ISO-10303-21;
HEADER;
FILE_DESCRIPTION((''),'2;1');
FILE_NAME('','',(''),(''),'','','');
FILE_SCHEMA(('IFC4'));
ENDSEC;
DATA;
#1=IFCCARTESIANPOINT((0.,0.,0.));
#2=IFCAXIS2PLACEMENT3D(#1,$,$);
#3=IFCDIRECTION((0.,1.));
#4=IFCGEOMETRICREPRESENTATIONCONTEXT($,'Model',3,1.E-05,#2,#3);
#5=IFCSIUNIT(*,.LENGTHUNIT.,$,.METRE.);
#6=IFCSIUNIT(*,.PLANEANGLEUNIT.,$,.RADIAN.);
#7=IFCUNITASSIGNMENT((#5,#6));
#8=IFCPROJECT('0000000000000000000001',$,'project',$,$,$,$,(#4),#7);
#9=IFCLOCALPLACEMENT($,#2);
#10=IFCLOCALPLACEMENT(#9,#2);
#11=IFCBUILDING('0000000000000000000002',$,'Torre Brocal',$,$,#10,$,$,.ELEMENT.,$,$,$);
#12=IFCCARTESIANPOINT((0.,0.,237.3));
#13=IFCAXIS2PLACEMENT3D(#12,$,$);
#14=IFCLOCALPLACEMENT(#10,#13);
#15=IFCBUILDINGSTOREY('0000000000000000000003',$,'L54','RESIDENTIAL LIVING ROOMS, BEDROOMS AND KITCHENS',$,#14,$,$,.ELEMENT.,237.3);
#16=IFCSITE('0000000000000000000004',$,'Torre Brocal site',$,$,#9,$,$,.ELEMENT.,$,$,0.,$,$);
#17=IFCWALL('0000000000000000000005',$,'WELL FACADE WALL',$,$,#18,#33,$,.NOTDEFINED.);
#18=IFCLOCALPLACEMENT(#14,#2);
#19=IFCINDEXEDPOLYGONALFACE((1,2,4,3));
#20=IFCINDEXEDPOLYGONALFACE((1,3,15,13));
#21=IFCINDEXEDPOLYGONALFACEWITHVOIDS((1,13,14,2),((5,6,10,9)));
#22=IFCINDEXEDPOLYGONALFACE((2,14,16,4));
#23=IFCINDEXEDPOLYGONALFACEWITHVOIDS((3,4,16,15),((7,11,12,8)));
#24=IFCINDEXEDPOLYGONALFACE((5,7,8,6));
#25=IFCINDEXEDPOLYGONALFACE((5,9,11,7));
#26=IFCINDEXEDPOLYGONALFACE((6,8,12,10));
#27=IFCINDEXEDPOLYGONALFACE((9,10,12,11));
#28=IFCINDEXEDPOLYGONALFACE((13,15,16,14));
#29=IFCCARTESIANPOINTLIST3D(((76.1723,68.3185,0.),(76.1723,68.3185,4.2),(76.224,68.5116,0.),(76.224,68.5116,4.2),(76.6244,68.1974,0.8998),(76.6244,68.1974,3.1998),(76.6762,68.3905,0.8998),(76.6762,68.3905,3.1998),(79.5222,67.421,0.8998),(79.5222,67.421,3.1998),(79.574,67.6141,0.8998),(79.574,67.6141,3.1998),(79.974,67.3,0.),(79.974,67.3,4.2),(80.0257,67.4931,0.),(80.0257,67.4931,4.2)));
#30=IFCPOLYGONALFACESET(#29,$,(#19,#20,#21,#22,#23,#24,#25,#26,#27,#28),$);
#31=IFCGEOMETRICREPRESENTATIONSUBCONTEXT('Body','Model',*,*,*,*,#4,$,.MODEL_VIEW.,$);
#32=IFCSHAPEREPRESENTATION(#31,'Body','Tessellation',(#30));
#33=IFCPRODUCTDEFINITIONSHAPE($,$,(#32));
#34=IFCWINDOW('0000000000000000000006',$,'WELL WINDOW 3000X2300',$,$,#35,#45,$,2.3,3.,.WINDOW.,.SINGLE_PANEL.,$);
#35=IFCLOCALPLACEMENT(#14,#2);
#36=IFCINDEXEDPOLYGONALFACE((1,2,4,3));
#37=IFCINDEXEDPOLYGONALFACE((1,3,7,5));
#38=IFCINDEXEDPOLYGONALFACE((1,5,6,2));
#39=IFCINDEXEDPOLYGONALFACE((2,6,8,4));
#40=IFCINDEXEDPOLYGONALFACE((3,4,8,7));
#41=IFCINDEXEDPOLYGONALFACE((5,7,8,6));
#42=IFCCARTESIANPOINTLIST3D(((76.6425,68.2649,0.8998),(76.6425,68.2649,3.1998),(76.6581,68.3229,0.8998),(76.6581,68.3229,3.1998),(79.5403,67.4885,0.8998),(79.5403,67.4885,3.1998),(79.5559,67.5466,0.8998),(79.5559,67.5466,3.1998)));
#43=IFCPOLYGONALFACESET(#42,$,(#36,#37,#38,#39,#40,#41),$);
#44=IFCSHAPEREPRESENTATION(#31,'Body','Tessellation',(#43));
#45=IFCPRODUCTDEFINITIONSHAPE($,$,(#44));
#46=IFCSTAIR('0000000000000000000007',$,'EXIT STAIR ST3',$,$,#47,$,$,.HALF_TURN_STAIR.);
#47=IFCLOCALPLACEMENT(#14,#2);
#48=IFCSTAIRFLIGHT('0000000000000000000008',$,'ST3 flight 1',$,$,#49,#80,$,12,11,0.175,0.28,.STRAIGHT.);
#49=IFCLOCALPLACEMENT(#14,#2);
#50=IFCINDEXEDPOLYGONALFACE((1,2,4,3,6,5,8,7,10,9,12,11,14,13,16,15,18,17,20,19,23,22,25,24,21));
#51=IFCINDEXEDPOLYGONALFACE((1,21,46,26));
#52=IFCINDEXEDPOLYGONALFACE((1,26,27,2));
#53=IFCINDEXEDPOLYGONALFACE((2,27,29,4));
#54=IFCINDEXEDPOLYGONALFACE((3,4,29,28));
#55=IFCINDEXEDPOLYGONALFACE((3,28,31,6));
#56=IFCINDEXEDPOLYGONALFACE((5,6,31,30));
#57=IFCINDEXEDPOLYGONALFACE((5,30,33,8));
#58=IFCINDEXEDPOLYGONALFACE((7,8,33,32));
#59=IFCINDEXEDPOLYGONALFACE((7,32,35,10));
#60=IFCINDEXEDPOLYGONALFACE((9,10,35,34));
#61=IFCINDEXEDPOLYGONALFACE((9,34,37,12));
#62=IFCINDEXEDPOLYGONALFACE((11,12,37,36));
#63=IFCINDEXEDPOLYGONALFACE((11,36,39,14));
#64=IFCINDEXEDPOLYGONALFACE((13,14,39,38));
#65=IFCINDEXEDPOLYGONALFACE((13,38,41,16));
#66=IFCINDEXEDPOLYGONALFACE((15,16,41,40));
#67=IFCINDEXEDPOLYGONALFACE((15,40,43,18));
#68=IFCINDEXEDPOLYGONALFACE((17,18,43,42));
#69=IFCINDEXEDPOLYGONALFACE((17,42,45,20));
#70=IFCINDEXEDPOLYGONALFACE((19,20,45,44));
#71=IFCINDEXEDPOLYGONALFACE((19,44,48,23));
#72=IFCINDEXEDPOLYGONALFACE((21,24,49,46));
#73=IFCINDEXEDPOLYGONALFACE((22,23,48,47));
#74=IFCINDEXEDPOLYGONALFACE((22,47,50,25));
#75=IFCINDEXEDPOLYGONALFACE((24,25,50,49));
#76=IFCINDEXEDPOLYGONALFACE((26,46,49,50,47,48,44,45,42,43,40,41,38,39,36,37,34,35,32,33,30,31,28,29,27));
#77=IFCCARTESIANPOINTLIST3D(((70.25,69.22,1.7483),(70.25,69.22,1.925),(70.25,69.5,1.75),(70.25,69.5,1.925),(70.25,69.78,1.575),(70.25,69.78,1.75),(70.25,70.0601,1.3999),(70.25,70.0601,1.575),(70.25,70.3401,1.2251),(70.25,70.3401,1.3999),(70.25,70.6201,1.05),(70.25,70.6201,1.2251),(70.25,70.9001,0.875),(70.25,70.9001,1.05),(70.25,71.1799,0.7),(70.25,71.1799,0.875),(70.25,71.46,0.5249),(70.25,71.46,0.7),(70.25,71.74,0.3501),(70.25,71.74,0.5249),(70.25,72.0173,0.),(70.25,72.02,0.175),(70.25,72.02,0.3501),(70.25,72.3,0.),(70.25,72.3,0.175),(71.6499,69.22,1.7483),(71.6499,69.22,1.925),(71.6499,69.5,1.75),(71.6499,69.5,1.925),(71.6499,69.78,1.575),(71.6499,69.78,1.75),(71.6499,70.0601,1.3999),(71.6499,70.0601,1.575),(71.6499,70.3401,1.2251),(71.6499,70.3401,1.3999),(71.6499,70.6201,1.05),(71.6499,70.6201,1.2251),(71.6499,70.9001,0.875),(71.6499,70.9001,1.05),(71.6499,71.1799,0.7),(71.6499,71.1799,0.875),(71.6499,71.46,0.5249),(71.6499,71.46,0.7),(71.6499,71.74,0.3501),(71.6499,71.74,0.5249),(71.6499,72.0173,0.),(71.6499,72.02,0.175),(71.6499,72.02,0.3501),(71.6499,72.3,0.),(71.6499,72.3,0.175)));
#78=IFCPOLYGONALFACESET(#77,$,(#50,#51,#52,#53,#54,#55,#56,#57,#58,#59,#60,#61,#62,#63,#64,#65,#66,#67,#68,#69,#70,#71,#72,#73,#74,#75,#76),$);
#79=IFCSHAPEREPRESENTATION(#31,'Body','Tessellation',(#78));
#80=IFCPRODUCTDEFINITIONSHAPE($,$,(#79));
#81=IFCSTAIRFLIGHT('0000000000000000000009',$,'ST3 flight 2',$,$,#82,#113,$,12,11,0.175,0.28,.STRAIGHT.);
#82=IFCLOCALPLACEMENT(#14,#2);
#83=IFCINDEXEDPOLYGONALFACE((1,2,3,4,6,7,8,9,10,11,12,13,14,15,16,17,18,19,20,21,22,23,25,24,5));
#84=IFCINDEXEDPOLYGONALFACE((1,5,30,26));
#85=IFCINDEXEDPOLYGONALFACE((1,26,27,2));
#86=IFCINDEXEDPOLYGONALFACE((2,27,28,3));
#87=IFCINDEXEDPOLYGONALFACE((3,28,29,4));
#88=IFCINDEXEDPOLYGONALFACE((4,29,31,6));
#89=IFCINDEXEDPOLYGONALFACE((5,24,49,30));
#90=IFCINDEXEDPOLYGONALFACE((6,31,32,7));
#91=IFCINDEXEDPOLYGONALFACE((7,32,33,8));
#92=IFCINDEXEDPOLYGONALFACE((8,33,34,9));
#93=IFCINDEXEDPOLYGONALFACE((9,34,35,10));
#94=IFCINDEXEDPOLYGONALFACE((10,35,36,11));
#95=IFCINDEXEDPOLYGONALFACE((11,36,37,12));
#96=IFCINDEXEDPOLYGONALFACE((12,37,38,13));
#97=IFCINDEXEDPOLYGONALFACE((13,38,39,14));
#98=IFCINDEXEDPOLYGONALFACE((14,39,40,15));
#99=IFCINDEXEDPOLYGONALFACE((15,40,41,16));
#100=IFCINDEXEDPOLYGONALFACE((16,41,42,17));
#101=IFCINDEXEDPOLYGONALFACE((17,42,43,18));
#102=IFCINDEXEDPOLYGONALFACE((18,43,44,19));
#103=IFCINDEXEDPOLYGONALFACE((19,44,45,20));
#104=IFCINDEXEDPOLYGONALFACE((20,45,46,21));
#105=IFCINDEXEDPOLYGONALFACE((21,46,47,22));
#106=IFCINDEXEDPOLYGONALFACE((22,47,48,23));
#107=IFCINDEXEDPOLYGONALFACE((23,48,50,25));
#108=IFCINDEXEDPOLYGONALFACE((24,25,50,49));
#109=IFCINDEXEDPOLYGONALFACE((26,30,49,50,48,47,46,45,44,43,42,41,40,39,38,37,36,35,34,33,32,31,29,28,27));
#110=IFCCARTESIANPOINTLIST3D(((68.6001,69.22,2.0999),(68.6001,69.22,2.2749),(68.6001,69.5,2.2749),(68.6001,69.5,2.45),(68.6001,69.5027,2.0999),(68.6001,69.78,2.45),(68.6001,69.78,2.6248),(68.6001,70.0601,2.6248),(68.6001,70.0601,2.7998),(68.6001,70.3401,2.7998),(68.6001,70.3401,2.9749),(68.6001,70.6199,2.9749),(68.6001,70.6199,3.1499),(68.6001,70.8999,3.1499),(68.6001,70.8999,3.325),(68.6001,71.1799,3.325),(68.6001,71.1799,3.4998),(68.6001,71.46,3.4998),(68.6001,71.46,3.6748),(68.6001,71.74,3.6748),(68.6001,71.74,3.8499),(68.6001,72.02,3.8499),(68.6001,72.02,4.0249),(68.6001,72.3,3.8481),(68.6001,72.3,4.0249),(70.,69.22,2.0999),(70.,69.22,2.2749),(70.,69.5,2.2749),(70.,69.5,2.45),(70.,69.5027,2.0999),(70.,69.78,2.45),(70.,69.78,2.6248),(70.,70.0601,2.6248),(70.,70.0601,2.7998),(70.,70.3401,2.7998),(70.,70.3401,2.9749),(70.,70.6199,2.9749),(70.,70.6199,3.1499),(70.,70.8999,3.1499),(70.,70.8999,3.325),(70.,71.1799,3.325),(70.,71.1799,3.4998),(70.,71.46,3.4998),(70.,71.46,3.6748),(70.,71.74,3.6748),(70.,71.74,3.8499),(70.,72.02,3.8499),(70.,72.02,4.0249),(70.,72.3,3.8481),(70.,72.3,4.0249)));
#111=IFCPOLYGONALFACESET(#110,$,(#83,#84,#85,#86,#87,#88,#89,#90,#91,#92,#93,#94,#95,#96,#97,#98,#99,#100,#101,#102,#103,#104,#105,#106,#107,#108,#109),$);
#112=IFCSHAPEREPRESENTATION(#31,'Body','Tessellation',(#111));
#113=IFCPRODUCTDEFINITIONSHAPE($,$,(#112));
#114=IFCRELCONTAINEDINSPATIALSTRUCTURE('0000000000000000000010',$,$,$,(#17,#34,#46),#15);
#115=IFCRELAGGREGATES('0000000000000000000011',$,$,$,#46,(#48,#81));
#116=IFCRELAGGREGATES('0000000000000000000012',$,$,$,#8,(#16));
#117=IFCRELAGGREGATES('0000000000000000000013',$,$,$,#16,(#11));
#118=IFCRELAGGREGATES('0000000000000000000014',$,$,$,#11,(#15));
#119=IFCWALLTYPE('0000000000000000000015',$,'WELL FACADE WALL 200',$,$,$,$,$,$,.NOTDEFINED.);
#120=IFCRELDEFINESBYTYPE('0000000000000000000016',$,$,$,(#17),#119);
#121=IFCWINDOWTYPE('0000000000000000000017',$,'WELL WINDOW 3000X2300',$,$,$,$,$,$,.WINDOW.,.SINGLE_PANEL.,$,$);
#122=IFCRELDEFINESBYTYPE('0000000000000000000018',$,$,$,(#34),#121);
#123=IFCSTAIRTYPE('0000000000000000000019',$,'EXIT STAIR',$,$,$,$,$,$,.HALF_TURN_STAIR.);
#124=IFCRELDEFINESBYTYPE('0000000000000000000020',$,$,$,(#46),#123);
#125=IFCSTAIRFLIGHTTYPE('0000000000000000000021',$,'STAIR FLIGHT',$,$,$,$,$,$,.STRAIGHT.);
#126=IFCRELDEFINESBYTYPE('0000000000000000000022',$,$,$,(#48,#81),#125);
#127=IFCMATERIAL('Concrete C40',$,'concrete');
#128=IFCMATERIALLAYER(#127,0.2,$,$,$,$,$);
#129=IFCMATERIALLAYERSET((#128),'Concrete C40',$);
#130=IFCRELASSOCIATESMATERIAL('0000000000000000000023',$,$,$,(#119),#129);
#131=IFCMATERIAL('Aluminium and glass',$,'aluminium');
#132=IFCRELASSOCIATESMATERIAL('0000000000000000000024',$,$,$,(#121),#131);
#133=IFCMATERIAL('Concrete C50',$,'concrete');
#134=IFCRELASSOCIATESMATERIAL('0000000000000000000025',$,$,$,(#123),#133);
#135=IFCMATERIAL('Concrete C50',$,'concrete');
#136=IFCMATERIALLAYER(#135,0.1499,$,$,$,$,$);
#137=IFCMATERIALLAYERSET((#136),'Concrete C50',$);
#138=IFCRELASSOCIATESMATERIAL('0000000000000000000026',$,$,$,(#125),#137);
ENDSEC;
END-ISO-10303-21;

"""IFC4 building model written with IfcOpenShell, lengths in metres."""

from ifc_helpers import new_model, si_unit, direction, frame, frame_2d, origin, place, context, subcontext, project, spatial, polyline, rectangle, outline, extrude, material, layer, layer_set, type_object, element, fill, aggregate, save


model = new_model("IFC4")

# Units and contexts
model_context = context("Model", 3, precision=1e-05, world=origin(), true_north=direction((0.0, 1.0)))
body_context = subcontext(model_context, "Body", "Model", "MODEL_VIEW")
ifc_project = project(units=[si_unit("LENGTHUNIT", "METRE"), si_unit("PLANEANGLEUNIT", "RADIAN")], contexts=[model_context])

# Site, building, storey
site_placement = place(None, origin())
site = spatial("IfcSite", under=ifc_project, at=site_placement, Name="Torre Brocal site", CompositionType="ELEMENT", RefElevation=0.0)
building_placement = place(site_placement, origin())
building = spatial("IfcBuilding", under=site, at=building_placement, Name="Torre Brocal", CompositionType="ELEMENT")
storey_placement = place(building_placement, frame((0.0, 0.0, 237.3)))
storey = spatial("IfcBuildingStorey", under=building, at=storey_placement, Name="L54", Description="RESIDENTIAL LIVING ROOMS, BEDROOMS AND KITCHENS", CompositionType="ELEMENT", Elevation=237.3)

# Wall, opening, window
ifc_material_1 = material(Name="Concrete C40", Category="concrete")
ifc_layer_1 = layer(ifc_material_1, 0.2)
ifc_layer_set_1 = layer_set([ifc_layer_1], Name="Concrete C40")
wall_type_1 = type_object("IfcWallType", Name="WELL FACADE WALL 200", PredefinedType="NOTDEFINED", material=ifc_layer_set_1)
ifc_material_2 = material(Name="Aluminium and glass", Category="aluminium")
window_type = type_object("IfcWindowType", Name="WELL WINDOW 3000X2300", PartitioningType="SINGLE_PANEL", PredefinedType="WINDOW", material=ifc_material_2)
wall_1_placement = place(storey_placement, frame((76.1982, 68.415, 0.0), z_axis=(0.0, 0.0, 1.0), x_axis=(0.965934, -0.25879, 0.0)))
wall_1 = element("IfcWall", 1, at=wall_1_placement, inside=storey, type_object=wall_type_1, Name="WELL FACADE WALL", PredefinedType="NOTDEFINED", context=body_context, shape_type="SweptSolid", body=[
    extrude(rectangle(XDim=3.9358, YDim=0.2, at=frame_2d((1.9678, 0.0))), origin(), (0.0, 0.0, 1.0), 4.2),
])
opening_1_placement = place(wall_1_placement, frame((0.468, 0.0, 0.8999)))
opening_1 = element("IfcOpeningElement", 2, at=opening_1_placement, cuts=wall_1, PredefinedType="OPENING", context=body_context, shape_type="SweptSolid", body=[
    extrude(rectangle(XDim=3.0, YDim=2.3, at=frame_2d((1.5, 1.1499))), frame((0.0, 0.1099, 0.0), z_axis=(0.0, -1.0, 0.0), x_axis=(1.0, 0.0, 0.0)), (0.0, 0.0, 1.0), 0.22),
])
window_1_placement = place(opening_1_placement, origin())
window_1 = element("IfcWindow", 3, at=window_1_placement, inside=storey, type_object=window_type, Name="WELL WINDOW 3000X2300", OverallHeight=2.3, OverallWidth=3.0, PartitioningType="SINGLE_PANEL", PredefinedType="WINDOW", context=body_context, shape_type="SweptSolid", body=[
    extrude(rectangle(XDim=3.0, YDim=2.3, at=frame_2d((1.5, 1.1499))), frame((0.0, 0.03, 0.0), z_axis=(0.0, -1.0, 0.0), x_axis=(1.0, 0.0, 0.0)), (0.0, 0.0, 1.0), 0.0601),
])
fill(opening_1, window_1)

# Stair, stair flights
ifc_material_3 = material(Name="Concrete C50", Category="concrete")
stair_type = type_object("IfcStairType", Name="EXIT STAIR", PredefinedType="HALF_TURN_STAIR", material=ifc_material_3)
stair_placement = place(storey_placement, origin())
stair = element("IfcStair", 4, at=stair_placement, inside=storey, type_object=stair_type, Name="EXIT STAIR ST3", PredefinedType="HALF_TURN_STAIR")
ifc_material_4 = material(Name="Concrete C50", Category="concrete")
ifc_layer_2 = layer(ifc_material_4, 0.1499)
ifc_layer_set_2 = layer_set([ifc_layer_2], Name="Concrete C50")
stair_flight_type = type_object("IfcStairFlightType", Name="STAIR FLIGHT", PredefinedType="STRAIGHT", material=ifc_layer_set_2)
stair_flight_1_placement = place(storey_placement, frame((70.95, 72.3, 0.0), z_axis=(0.0, 0.0, 1.0), x_axis=(0.0, -1.0, 0.0)))
stair_flight_1 = element("IfcStairFlight", 5, at=stair_flight_1_placement, type_object=stair_flight_type, Name="ST3 flight 1", NumberOfRisers=12, NumberOfTreads=11, PredefinedType="STRAIGHT", RiserHeight=0.175, TreadLength=0.28, context=body_context, shape_type="SweptSolid", body=[
    extrude(outline(polyline([(0.0, 0.0), (0.0, 0.175), (0.28, 0.175), (0.28, 0.3501), (0.5601, 0.3501), (0.5601, 0.5249), (0.8401, 0.5249), (0.8401, 0.7), (1.1201, 0.7), (1.1201, 0.875), (1.3999, 0.875), (1.3999, 1.05), (1.6799, 1.05), (1.6799, 1.2251), (1.96, 1.2251), (1.96, 1.3999), (2.24, 1.3999), (2.24, 1.575), (2.52, 1.575), (2.52, 1.75), (2.8, 1.75), (2.8, 1.925), (3.0801, 1.925), (3.0801, 2.1001), (3.0801, 1.7483), (0.2827, 0.0), (0.0, 0.0)])), frame((0.0, 0.7, 0.0), z_axis=(0.0, -1.0, 0.0), x_axis=(1.0, 0.0, 0.0)), (0.0, 0.0, 1.0), 1.3999),
])
stair_flight_2_placement = place(storey_placement, frame((69.3, 69.22, 2.0999), z_axis=(0.0, 0.0, 1.0), x_axis=(0.0, 1.0, 0.0)))
stair_flight_2 = element("IfcStairFlight", 6, at=stair_flight_2_placement, type_object=stair_flight_type, Name="ST3 flight 2", NumberOfRisers=12, NumberOfTreads=11, PredefinedType="STRAIGHT", RiserHeight=0.175, TreadLength=0.28, context=body_context, shape_type="SweptSolid", body=[
    extrude(outline(polyline([(0.0, 0.0), (0.0, 0.175), (0.28, 0.175), (0.28, 0.3501), (0.5601, 0.3501), (0.5601, 0.5249), (0.8401, 0.5249), (0.8401, 0.7), (1.1201, 0.7), (1.1201, 0.875), (1.3999, 0.875), (1.3999, 1.05), (1.6799, 1.05), (1.6799, 1.2251), (1.96, 1.2251), (1.96, 1.3999), (2.24, 1.3999), (2.24, 1.575), (2.52, 1.575), (2.52, 1.75), (2.8, 1.75), (2.8, 1.925), (3.0801, 1.925), (3.0801, 2.1001), (3.0801, 1.7483), (0.2827, 0.0), (0.0, 0.0)])), frame((0.0, 0.7, 0.0), z_axis=(0.0, -1.0, 0.0), x_axis=(1.0, 0.0, 0.0)), (0.0, 0.0, 1.0), 1.3999),
])
aggregate(stair, [stair_flight_1, stair_flight_2])

save(model, "model.ifc")
